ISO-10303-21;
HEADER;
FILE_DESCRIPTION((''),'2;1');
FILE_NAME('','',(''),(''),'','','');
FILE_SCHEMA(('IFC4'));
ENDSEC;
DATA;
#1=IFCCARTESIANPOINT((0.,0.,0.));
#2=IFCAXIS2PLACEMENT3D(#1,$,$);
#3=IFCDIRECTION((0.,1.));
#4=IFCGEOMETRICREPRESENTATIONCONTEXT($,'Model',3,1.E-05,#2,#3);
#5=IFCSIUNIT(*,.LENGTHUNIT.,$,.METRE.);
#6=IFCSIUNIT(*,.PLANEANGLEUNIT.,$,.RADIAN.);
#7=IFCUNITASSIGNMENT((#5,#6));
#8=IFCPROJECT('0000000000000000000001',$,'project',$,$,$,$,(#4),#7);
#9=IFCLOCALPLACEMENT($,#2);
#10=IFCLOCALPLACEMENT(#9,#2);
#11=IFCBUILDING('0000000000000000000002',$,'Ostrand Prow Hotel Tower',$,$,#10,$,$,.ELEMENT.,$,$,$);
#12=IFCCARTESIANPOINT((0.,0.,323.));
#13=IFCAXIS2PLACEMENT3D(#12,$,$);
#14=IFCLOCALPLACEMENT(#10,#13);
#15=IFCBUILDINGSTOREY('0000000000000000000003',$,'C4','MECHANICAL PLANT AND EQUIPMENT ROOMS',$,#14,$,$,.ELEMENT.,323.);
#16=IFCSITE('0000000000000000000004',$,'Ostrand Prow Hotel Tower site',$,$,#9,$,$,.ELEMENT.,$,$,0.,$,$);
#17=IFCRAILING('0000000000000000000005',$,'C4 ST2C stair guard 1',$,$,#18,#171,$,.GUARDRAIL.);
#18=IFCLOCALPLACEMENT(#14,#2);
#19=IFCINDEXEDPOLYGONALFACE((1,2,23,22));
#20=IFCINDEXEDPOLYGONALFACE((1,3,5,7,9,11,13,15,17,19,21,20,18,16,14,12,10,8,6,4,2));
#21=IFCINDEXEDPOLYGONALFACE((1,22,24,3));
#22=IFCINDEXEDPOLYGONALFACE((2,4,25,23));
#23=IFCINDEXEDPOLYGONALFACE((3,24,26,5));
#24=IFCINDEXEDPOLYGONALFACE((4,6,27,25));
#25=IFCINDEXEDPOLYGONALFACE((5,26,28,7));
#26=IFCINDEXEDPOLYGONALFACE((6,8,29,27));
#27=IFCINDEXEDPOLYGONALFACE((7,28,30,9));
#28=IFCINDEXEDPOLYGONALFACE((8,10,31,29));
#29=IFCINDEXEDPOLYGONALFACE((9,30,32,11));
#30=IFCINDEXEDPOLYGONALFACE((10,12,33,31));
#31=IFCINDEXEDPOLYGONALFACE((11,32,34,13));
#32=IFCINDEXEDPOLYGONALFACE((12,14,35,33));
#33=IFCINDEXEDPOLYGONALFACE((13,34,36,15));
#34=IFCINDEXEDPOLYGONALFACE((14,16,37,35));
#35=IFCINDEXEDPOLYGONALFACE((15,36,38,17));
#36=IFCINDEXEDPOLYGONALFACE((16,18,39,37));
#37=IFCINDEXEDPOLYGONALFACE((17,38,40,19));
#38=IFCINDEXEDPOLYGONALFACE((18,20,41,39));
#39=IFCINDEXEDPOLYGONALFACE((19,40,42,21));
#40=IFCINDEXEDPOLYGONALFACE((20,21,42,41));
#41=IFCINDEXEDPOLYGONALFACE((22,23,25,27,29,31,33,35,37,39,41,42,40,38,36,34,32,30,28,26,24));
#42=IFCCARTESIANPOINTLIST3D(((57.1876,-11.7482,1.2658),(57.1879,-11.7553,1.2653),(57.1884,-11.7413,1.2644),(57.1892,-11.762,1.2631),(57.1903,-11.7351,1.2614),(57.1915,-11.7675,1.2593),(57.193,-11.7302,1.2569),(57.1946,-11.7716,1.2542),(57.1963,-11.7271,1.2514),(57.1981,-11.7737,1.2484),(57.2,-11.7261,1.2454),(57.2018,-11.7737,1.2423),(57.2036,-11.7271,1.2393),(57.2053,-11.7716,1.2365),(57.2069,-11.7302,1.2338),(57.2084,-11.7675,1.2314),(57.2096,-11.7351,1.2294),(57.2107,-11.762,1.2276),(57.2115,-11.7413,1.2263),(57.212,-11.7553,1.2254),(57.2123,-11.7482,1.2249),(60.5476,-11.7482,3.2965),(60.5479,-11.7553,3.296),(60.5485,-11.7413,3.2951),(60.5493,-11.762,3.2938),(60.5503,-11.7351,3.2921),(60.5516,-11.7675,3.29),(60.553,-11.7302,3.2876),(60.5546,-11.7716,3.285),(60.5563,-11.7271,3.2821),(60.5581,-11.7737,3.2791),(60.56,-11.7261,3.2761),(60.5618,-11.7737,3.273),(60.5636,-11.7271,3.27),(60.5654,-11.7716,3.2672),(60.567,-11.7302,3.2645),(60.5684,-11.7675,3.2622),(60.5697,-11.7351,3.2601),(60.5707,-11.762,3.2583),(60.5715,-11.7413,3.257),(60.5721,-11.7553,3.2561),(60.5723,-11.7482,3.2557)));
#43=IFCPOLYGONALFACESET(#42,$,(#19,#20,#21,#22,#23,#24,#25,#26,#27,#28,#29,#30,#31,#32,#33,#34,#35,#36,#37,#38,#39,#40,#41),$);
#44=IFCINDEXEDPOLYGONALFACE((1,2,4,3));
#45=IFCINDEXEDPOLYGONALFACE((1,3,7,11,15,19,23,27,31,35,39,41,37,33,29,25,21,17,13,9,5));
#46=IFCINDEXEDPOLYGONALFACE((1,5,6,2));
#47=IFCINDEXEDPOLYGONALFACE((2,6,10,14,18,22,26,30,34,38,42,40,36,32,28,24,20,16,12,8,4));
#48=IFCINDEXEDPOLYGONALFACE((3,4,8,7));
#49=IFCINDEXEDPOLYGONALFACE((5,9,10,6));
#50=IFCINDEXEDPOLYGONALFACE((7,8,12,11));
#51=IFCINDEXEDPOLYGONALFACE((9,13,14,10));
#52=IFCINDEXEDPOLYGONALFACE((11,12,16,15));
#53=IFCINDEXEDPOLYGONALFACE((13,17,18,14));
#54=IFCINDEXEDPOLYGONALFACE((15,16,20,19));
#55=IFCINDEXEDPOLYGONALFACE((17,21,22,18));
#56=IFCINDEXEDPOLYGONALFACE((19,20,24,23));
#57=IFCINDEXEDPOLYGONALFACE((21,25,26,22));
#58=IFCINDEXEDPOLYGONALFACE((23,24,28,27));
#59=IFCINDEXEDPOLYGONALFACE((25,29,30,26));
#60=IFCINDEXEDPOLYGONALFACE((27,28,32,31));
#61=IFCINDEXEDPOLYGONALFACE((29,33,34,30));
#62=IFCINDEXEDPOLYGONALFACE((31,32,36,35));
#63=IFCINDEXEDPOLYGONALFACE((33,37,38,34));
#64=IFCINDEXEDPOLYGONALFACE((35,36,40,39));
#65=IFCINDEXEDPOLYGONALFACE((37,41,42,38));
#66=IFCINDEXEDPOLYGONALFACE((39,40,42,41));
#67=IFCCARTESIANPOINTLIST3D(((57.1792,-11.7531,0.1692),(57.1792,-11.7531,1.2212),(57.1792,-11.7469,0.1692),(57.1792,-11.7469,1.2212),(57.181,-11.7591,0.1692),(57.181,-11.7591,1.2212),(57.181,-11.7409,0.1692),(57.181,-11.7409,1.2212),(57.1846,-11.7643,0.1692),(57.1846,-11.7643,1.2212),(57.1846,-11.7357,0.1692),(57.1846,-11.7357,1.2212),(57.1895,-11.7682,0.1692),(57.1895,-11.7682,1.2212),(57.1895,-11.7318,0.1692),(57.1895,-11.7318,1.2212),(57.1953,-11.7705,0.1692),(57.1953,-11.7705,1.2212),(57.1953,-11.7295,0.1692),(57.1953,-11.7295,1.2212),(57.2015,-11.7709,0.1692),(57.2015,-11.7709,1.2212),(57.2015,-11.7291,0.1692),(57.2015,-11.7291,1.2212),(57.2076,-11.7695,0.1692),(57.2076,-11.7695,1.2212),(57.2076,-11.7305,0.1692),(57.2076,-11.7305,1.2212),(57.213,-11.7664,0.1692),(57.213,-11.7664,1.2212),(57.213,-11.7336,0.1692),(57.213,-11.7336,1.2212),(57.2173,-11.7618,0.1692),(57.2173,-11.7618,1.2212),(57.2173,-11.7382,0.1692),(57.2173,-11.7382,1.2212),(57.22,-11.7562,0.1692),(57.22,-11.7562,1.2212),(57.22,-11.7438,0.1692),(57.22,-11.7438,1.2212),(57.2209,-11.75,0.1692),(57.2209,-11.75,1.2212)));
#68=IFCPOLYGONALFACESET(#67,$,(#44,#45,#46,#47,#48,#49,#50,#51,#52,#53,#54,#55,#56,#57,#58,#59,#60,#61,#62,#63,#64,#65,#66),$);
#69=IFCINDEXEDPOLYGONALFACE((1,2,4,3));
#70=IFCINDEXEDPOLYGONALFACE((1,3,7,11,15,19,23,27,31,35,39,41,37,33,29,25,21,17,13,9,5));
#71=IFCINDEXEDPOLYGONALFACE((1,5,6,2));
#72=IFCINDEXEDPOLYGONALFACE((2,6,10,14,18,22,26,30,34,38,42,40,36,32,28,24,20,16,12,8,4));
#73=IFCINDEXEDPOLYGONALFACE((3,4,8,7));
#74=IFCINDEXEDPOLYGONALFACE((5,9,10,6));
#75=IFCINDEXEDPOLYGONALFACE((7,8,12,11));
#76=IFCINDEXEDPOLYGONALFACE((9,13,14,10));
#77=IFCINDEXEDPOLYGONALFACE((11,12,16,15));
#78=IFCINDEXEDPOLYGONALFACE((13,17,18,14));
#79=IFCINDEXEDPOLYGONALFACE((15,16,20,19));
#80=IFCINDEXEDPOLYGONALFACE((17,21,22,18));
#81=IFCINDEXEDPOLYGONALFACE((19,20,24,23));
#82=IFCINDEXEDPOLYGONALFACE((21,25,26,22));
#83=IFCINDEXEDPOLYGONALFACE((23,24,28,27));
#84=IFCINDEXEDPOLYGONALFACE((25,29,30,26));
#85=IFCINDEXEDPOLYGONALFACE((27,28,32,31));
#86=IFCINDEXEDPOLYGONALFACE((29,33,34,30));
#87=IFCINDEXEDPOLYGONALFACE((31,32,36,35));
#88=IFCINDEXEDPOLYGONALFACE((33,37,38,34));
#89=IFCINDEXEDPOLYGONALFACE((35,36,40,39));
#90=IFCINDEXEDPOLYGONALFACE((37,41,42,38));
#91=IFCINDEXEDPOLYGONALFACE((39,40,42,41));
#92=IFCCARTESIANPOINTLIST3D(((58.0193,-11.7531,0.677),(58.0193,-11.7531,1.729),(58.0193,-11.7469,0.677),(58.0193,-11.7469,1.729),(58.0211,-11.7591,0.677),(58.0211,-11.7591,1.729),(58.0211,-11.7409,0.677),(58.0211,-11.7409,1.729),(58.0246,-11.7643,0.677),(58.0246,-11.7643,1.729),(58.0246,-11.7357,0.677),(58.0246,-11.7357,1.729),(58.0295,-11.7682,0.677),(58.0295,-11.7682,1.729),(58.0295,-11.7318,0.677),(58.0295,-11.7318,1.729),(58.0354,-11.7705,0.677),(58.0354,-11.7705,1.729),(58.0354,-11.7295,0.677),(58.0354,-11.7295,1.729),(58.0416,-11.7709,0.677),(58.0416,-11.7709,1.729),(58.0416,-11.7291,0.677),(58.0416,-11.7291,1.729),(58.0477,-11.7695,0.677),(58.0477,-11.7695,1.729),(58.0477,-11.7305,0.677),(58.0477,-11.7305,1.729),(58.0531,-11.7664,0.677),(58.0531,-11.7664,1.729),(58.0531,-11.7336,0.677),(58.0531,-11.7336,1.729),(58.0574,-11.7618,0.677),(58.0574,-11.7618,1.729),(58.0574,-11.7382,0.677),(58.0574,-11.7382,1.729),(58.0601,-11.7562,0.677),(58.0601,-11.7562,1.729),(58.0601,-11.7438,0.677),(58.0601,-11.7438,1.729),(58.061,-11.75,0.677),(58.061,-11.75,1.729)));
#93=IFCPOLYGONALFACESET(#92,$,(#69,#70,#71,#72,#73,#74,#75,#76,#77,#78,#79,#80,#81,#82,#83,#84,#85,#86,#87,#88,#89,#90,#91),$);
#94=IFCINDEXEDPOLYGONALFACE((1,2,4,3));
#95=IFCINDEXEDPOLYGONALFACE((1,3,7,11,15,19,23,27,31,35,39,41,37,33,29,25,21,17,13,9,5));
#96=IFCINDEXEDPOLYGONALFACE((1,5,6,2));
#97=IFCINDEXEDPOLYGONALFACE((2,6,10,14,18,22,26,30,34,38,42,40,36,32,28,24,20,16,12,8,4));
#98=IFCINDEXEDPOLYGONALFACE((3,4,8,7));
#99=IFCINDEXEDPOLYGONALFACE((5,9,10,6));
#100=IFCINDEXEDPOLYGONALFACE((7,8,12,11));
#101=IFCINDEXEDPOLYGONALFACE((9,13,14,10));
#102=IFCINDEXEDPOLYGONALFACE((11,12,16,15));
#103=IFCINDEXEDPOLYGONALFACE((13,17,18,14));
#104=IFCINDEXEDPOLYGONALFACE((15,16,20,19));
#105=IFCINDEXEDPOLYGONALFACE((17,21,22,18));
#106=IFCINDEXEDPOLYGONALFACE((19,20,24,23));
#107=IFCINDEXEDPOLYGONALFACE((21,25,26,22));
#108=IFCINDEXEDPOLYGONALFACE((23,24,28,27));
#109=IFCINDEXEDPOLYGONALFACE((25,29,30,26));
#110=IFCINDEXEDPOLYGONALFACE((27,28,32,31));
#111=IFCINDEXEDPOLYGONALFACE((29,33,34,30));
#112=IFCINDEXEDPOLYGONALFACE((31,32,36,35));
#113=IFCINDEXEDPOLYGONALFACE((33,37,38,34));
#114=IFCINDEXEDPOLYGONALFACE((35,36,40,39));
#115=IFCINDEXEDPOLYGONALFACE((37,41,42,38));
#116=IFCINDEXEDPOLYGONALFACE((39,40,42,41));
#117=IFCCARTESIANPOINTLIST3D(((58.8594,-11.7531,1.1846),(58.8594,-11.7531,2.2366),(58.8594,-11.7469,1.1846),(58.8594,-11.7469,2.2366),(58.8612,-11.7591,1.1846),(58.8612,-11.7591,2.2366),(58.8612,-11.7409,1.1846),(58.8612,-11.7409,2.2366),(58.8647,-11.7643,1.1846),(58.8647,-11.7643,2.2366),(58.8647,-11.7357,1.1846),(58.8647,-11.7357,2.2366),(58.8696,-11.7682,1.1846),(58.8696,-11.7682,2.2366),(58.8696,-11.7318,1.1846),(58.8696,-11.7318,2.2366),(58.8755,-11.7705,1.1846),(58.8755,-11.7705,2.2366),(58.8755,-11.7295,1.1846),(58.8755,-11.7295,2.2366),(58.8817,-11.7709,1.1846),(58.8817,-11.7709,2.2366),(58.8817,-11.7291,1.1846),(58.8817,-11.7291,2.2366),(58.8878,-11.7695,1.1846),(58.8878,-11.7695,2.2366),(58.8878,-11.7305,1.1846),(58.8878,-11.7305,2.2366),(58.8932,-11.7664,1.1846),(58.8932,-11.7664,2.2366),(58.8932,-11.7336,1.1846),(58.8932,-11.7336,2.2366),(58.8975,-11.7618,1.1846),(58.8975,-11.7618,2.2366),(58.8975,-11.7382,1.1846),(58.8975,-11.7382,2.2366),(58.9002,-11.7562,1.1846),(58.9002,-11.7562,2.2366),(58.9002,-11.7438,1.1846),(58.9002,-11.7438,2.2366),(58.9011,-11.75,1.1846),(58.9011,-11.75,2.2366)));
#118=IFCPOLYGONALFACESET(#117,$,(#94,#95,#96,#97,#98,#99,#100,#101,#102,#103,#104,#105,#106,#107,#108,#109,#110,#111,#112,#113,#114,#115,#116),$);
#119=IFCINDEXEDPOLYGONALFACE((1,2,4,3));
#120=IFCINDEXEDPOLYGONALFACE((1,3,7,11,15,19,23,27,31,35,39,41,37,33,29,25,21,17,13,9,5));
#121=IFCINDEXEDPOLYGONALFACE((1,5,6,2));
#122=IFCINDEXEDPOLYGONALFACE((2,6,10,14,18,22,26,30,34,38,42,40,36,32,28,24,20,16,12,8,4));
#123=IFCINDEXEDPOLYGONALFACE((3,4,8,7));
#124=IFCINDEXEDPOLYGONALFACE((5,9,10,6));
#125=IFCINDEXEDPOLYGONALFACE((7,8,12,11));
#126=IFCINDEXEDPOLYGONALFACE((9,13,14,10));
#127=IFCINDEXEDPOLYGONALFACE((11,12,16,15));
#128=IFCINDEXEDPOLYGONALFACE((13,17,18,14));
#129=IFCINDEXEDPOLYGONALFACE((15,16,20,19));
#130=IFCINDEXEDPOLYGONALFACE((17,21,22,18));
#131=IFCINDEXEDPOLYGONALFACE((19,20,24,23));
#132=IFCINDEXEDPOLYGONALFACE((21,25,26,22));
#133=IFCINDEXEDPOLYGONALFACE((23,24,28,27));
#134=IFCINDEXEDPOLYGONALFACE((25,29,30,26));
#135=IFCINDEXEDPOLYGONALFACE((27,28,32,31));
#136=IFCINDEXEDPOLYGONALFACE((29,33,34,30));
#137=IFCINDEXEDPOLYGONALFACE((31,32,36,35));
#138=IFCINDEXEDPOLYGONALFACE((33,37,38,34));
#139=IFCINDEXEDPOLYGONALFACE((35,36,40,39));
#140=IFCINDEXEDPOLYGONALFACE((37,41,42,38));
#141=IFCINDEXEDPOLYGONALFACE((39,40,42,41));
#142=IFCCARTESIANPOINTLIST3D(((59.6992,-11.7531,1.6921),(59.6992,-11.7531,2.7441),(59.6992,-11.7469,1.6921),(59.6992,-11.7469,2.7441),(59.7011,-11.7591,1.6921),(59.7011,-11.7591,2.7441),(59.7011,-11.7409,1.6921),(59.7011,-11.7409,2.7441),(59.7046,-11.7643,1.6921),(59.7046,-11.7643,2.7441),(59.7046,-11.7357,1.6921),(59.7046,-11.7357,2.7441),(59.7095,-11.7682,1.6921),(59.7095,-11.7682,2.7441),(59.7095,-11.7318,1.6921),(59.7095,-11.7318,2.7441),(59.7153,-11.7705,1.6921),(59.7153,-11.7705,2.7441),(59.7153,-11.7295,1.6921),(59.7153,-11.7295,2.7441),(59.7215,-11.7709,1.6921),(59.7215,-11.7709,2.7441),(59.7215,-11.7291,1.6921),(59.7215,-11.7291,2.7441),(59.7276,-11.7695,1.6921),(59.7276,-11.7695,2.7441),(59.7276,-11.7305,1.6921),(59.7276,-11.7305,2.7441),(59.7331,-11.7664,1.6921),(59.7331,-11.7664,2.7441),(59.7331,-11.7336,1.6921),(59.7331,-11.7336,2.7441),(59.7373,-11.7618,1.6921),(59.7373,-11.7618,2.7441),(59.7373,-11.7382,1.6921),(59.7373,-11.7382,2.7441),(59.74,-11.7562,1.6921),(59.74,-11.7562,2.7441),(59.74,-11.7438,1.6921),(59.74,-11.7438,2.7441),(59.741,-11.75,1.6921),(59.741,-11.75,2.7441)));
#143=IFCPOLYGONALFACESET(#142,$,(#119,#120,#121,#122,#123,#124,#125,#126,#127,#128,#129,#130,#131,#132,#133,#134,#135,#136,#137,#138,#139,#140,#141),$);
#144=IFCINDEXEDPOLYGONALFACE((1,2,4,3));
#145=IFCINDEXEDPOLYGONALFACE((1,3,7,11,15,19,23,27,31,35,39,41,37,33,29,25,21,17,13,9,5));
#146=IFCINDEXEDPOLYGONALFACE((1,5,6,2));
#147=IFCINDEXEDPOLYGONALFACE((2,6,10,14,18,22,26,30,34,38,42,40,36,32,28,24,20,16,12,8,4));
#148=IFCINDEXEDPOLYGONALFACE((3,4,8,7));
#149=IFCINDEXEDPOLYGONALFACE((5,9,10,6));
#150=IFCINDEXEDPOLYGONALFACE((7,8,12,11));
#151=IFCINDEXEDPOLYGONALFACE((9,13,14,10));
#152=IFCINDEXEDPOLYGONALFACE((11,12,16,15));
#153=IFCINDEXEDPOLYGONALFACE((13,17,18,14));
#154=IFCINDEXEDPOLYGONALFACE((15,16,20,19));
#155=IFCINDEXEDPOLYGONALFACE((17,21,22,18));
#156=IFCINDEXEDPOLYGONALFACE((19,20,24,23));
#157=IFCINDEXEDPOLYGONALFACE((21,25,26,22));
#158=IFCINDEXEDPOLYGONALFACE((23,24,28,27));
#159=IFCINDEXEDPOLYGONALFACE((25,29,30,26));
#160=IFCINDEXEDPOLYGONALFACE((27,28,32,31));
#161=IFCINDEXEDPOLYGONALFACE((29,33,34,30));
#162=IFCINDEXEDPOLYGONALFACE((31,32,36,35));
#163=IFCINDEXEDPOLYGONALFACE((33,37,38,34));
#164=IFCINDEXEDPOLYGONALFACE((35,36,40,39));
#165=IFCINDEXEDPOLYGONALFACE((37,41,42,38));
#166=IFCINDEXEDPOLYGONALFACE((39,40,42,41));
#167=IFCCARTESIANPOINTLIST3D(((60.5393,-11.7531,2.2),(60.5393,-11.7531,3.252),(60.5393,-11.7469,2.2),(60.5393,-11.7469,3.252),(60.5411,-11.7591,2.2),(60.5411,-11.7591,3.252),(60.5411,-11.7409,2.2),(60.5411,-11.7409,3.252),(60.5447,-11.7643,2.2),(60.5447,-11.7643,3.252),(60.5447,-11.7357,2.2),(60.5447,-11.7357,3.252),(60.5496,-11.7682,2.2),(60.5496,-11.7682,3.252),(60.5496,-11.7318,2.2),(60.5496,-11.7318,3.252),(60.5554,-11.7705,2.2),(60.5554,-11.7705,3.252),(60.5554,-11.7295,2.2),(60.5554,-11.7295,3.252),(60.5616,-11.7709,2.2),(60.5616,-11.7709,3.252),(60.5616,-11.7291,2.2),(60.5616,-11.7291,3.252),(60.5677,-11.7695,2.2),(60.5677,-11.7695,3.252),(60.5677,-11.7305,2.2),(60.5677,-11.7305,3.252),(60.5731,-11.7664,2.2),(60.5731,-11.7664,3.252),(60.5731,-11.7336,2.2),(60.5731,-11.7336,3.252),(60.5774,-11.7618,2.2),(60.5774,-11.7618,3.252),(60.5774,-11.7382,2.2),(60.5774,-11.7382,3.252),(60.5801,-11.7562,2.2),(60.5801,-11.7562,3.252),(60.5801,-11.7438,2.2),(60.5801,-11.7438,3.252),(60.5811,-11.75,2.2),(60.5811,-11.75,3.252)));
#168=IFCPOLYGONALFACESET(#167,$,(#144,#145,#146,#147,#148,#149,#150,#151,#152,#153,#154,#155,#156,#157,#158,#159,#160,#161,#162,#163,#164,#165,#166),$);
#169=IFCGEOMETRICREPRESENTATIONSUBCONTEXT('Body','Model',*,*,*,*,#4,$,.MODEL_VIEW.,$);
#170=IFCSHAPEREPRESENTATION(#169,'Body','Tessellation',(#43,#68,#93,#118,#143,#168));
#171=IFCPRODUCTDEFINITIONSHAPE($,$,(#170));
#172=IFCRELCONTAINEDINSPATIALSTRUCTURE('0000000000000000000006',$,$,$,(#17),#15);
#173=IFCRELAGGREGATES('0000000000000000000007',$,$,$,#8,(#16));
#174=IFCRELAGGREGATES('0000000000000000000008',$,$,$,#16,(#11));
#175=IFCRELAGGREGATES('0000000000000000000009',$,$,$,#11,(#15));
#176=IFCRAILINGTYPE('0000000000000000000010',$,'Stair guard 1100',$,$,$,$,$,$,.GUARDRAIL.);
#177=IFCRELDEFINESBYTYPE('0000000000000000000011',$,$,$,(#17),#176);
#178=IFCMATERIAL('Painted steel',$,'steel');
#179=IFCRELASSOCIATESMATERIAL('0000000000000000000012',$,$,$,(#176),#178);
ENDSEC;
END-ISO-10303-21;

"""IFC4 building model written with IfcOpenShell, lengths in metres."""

from ifc_helpers import new_model, si_unit, direction, frame, origin, origin_2d, place, context, subcontext, project, spatial, circle, extrude, material, type_object, element, save


model = new_model("IFC4")

# Units and contexts
model_context = context("Model", 3, precision=1e-05, world=origin(), true_north=direction((0.0, 1.0)))
body_context = subcontext(model_context, "Body", "Model", "MODEL_VIEW")
ifc_project = project(units=[si_unit("LENGTHUNIT", "METRE"), si_unit("PLANEANGLEUNIT", "RADIAN")], contexts=[model_context])

# Site, building, storey
site_placement = place(None, origin())
site = spatial("IfcSite", under=ifc_project, at=site_placement, Name="Ostrand Prow Hotel Tower site", CompositionType="ELEMENT", RefElevation=0.0)
building_placement = place(site_placement, origin())
building = spatial("IfcBuilding", under=site, at=building_placement, Name="Ostrand Prow Hotel Tower", CompositionType="ELEMENT")
storey_placement = place(building_placement, frame((0.0, 0.0, 323.0)))
storey = spatial("IfcBuildingStorey", under=building, at=storey_placement, Name="C4", Description="MECHANICAL PLANT AND EQUIPMENT ROOMS", CompositionType="ELEMENT", Elevation=323.0)

# Railing
ifc_material_1 = material(Name="Painted steel", Category="steel")
railing_type_1 = type_object("IfcRailingType", Name="Stair guard 1100", PredefinedType="GUARDRAIL", material=ifc_material_1)
railing_1_placement = place(storey_placement, frame((57.2, -11.75, 0.1692)))
element("IfcRailing", 1, at=railing_1_placement, inside=storey, type_object=railing_type_1, Name="C4 ST2C stair guard 1", PredefinedType="GUARDRAIL", context=body_context, shape_type="SweptSolid", body=[
    extrude(circle(Radius=0.0239, at=origin_2d()), frame((0.0, 0.0, 1.0762), z_axis=(0.855837, 0.0, 0.517246), x_axis=(0.0, 1.0, 0.0)), (0.0, 0.0, 1.0), 3.926),
    extrude(circle(Radius=0.021, at=origin_2d()), origin(), (0.0, 0.0, 1.0), 1.052),
    extrude(circle(Radius=0.021, at=origin_2d()), frame((0.8401, 0.0, 0.5078)), (0.0, 0.0, 1.0), 1.052),
    extrude(circle(Radius=0.021, at=origin_2d()), frame((1.6802, 0.0, 1.0154)), (0.0, 0.0, 1.0), 1.052),
    extrude(circle(Radius=0.021, at=origin_2d()), frame((2.52, 0.0, 1.5229)), (0.0, 0.0, 1.0), 1.052),
    extrude(circle(Radius=0.021, at=origin_2d()), frame((3.3601, 0.0, 2.0308)), (0.0, 0.0, 1.0), 1.052),
])

save(model, "model.ifc")
